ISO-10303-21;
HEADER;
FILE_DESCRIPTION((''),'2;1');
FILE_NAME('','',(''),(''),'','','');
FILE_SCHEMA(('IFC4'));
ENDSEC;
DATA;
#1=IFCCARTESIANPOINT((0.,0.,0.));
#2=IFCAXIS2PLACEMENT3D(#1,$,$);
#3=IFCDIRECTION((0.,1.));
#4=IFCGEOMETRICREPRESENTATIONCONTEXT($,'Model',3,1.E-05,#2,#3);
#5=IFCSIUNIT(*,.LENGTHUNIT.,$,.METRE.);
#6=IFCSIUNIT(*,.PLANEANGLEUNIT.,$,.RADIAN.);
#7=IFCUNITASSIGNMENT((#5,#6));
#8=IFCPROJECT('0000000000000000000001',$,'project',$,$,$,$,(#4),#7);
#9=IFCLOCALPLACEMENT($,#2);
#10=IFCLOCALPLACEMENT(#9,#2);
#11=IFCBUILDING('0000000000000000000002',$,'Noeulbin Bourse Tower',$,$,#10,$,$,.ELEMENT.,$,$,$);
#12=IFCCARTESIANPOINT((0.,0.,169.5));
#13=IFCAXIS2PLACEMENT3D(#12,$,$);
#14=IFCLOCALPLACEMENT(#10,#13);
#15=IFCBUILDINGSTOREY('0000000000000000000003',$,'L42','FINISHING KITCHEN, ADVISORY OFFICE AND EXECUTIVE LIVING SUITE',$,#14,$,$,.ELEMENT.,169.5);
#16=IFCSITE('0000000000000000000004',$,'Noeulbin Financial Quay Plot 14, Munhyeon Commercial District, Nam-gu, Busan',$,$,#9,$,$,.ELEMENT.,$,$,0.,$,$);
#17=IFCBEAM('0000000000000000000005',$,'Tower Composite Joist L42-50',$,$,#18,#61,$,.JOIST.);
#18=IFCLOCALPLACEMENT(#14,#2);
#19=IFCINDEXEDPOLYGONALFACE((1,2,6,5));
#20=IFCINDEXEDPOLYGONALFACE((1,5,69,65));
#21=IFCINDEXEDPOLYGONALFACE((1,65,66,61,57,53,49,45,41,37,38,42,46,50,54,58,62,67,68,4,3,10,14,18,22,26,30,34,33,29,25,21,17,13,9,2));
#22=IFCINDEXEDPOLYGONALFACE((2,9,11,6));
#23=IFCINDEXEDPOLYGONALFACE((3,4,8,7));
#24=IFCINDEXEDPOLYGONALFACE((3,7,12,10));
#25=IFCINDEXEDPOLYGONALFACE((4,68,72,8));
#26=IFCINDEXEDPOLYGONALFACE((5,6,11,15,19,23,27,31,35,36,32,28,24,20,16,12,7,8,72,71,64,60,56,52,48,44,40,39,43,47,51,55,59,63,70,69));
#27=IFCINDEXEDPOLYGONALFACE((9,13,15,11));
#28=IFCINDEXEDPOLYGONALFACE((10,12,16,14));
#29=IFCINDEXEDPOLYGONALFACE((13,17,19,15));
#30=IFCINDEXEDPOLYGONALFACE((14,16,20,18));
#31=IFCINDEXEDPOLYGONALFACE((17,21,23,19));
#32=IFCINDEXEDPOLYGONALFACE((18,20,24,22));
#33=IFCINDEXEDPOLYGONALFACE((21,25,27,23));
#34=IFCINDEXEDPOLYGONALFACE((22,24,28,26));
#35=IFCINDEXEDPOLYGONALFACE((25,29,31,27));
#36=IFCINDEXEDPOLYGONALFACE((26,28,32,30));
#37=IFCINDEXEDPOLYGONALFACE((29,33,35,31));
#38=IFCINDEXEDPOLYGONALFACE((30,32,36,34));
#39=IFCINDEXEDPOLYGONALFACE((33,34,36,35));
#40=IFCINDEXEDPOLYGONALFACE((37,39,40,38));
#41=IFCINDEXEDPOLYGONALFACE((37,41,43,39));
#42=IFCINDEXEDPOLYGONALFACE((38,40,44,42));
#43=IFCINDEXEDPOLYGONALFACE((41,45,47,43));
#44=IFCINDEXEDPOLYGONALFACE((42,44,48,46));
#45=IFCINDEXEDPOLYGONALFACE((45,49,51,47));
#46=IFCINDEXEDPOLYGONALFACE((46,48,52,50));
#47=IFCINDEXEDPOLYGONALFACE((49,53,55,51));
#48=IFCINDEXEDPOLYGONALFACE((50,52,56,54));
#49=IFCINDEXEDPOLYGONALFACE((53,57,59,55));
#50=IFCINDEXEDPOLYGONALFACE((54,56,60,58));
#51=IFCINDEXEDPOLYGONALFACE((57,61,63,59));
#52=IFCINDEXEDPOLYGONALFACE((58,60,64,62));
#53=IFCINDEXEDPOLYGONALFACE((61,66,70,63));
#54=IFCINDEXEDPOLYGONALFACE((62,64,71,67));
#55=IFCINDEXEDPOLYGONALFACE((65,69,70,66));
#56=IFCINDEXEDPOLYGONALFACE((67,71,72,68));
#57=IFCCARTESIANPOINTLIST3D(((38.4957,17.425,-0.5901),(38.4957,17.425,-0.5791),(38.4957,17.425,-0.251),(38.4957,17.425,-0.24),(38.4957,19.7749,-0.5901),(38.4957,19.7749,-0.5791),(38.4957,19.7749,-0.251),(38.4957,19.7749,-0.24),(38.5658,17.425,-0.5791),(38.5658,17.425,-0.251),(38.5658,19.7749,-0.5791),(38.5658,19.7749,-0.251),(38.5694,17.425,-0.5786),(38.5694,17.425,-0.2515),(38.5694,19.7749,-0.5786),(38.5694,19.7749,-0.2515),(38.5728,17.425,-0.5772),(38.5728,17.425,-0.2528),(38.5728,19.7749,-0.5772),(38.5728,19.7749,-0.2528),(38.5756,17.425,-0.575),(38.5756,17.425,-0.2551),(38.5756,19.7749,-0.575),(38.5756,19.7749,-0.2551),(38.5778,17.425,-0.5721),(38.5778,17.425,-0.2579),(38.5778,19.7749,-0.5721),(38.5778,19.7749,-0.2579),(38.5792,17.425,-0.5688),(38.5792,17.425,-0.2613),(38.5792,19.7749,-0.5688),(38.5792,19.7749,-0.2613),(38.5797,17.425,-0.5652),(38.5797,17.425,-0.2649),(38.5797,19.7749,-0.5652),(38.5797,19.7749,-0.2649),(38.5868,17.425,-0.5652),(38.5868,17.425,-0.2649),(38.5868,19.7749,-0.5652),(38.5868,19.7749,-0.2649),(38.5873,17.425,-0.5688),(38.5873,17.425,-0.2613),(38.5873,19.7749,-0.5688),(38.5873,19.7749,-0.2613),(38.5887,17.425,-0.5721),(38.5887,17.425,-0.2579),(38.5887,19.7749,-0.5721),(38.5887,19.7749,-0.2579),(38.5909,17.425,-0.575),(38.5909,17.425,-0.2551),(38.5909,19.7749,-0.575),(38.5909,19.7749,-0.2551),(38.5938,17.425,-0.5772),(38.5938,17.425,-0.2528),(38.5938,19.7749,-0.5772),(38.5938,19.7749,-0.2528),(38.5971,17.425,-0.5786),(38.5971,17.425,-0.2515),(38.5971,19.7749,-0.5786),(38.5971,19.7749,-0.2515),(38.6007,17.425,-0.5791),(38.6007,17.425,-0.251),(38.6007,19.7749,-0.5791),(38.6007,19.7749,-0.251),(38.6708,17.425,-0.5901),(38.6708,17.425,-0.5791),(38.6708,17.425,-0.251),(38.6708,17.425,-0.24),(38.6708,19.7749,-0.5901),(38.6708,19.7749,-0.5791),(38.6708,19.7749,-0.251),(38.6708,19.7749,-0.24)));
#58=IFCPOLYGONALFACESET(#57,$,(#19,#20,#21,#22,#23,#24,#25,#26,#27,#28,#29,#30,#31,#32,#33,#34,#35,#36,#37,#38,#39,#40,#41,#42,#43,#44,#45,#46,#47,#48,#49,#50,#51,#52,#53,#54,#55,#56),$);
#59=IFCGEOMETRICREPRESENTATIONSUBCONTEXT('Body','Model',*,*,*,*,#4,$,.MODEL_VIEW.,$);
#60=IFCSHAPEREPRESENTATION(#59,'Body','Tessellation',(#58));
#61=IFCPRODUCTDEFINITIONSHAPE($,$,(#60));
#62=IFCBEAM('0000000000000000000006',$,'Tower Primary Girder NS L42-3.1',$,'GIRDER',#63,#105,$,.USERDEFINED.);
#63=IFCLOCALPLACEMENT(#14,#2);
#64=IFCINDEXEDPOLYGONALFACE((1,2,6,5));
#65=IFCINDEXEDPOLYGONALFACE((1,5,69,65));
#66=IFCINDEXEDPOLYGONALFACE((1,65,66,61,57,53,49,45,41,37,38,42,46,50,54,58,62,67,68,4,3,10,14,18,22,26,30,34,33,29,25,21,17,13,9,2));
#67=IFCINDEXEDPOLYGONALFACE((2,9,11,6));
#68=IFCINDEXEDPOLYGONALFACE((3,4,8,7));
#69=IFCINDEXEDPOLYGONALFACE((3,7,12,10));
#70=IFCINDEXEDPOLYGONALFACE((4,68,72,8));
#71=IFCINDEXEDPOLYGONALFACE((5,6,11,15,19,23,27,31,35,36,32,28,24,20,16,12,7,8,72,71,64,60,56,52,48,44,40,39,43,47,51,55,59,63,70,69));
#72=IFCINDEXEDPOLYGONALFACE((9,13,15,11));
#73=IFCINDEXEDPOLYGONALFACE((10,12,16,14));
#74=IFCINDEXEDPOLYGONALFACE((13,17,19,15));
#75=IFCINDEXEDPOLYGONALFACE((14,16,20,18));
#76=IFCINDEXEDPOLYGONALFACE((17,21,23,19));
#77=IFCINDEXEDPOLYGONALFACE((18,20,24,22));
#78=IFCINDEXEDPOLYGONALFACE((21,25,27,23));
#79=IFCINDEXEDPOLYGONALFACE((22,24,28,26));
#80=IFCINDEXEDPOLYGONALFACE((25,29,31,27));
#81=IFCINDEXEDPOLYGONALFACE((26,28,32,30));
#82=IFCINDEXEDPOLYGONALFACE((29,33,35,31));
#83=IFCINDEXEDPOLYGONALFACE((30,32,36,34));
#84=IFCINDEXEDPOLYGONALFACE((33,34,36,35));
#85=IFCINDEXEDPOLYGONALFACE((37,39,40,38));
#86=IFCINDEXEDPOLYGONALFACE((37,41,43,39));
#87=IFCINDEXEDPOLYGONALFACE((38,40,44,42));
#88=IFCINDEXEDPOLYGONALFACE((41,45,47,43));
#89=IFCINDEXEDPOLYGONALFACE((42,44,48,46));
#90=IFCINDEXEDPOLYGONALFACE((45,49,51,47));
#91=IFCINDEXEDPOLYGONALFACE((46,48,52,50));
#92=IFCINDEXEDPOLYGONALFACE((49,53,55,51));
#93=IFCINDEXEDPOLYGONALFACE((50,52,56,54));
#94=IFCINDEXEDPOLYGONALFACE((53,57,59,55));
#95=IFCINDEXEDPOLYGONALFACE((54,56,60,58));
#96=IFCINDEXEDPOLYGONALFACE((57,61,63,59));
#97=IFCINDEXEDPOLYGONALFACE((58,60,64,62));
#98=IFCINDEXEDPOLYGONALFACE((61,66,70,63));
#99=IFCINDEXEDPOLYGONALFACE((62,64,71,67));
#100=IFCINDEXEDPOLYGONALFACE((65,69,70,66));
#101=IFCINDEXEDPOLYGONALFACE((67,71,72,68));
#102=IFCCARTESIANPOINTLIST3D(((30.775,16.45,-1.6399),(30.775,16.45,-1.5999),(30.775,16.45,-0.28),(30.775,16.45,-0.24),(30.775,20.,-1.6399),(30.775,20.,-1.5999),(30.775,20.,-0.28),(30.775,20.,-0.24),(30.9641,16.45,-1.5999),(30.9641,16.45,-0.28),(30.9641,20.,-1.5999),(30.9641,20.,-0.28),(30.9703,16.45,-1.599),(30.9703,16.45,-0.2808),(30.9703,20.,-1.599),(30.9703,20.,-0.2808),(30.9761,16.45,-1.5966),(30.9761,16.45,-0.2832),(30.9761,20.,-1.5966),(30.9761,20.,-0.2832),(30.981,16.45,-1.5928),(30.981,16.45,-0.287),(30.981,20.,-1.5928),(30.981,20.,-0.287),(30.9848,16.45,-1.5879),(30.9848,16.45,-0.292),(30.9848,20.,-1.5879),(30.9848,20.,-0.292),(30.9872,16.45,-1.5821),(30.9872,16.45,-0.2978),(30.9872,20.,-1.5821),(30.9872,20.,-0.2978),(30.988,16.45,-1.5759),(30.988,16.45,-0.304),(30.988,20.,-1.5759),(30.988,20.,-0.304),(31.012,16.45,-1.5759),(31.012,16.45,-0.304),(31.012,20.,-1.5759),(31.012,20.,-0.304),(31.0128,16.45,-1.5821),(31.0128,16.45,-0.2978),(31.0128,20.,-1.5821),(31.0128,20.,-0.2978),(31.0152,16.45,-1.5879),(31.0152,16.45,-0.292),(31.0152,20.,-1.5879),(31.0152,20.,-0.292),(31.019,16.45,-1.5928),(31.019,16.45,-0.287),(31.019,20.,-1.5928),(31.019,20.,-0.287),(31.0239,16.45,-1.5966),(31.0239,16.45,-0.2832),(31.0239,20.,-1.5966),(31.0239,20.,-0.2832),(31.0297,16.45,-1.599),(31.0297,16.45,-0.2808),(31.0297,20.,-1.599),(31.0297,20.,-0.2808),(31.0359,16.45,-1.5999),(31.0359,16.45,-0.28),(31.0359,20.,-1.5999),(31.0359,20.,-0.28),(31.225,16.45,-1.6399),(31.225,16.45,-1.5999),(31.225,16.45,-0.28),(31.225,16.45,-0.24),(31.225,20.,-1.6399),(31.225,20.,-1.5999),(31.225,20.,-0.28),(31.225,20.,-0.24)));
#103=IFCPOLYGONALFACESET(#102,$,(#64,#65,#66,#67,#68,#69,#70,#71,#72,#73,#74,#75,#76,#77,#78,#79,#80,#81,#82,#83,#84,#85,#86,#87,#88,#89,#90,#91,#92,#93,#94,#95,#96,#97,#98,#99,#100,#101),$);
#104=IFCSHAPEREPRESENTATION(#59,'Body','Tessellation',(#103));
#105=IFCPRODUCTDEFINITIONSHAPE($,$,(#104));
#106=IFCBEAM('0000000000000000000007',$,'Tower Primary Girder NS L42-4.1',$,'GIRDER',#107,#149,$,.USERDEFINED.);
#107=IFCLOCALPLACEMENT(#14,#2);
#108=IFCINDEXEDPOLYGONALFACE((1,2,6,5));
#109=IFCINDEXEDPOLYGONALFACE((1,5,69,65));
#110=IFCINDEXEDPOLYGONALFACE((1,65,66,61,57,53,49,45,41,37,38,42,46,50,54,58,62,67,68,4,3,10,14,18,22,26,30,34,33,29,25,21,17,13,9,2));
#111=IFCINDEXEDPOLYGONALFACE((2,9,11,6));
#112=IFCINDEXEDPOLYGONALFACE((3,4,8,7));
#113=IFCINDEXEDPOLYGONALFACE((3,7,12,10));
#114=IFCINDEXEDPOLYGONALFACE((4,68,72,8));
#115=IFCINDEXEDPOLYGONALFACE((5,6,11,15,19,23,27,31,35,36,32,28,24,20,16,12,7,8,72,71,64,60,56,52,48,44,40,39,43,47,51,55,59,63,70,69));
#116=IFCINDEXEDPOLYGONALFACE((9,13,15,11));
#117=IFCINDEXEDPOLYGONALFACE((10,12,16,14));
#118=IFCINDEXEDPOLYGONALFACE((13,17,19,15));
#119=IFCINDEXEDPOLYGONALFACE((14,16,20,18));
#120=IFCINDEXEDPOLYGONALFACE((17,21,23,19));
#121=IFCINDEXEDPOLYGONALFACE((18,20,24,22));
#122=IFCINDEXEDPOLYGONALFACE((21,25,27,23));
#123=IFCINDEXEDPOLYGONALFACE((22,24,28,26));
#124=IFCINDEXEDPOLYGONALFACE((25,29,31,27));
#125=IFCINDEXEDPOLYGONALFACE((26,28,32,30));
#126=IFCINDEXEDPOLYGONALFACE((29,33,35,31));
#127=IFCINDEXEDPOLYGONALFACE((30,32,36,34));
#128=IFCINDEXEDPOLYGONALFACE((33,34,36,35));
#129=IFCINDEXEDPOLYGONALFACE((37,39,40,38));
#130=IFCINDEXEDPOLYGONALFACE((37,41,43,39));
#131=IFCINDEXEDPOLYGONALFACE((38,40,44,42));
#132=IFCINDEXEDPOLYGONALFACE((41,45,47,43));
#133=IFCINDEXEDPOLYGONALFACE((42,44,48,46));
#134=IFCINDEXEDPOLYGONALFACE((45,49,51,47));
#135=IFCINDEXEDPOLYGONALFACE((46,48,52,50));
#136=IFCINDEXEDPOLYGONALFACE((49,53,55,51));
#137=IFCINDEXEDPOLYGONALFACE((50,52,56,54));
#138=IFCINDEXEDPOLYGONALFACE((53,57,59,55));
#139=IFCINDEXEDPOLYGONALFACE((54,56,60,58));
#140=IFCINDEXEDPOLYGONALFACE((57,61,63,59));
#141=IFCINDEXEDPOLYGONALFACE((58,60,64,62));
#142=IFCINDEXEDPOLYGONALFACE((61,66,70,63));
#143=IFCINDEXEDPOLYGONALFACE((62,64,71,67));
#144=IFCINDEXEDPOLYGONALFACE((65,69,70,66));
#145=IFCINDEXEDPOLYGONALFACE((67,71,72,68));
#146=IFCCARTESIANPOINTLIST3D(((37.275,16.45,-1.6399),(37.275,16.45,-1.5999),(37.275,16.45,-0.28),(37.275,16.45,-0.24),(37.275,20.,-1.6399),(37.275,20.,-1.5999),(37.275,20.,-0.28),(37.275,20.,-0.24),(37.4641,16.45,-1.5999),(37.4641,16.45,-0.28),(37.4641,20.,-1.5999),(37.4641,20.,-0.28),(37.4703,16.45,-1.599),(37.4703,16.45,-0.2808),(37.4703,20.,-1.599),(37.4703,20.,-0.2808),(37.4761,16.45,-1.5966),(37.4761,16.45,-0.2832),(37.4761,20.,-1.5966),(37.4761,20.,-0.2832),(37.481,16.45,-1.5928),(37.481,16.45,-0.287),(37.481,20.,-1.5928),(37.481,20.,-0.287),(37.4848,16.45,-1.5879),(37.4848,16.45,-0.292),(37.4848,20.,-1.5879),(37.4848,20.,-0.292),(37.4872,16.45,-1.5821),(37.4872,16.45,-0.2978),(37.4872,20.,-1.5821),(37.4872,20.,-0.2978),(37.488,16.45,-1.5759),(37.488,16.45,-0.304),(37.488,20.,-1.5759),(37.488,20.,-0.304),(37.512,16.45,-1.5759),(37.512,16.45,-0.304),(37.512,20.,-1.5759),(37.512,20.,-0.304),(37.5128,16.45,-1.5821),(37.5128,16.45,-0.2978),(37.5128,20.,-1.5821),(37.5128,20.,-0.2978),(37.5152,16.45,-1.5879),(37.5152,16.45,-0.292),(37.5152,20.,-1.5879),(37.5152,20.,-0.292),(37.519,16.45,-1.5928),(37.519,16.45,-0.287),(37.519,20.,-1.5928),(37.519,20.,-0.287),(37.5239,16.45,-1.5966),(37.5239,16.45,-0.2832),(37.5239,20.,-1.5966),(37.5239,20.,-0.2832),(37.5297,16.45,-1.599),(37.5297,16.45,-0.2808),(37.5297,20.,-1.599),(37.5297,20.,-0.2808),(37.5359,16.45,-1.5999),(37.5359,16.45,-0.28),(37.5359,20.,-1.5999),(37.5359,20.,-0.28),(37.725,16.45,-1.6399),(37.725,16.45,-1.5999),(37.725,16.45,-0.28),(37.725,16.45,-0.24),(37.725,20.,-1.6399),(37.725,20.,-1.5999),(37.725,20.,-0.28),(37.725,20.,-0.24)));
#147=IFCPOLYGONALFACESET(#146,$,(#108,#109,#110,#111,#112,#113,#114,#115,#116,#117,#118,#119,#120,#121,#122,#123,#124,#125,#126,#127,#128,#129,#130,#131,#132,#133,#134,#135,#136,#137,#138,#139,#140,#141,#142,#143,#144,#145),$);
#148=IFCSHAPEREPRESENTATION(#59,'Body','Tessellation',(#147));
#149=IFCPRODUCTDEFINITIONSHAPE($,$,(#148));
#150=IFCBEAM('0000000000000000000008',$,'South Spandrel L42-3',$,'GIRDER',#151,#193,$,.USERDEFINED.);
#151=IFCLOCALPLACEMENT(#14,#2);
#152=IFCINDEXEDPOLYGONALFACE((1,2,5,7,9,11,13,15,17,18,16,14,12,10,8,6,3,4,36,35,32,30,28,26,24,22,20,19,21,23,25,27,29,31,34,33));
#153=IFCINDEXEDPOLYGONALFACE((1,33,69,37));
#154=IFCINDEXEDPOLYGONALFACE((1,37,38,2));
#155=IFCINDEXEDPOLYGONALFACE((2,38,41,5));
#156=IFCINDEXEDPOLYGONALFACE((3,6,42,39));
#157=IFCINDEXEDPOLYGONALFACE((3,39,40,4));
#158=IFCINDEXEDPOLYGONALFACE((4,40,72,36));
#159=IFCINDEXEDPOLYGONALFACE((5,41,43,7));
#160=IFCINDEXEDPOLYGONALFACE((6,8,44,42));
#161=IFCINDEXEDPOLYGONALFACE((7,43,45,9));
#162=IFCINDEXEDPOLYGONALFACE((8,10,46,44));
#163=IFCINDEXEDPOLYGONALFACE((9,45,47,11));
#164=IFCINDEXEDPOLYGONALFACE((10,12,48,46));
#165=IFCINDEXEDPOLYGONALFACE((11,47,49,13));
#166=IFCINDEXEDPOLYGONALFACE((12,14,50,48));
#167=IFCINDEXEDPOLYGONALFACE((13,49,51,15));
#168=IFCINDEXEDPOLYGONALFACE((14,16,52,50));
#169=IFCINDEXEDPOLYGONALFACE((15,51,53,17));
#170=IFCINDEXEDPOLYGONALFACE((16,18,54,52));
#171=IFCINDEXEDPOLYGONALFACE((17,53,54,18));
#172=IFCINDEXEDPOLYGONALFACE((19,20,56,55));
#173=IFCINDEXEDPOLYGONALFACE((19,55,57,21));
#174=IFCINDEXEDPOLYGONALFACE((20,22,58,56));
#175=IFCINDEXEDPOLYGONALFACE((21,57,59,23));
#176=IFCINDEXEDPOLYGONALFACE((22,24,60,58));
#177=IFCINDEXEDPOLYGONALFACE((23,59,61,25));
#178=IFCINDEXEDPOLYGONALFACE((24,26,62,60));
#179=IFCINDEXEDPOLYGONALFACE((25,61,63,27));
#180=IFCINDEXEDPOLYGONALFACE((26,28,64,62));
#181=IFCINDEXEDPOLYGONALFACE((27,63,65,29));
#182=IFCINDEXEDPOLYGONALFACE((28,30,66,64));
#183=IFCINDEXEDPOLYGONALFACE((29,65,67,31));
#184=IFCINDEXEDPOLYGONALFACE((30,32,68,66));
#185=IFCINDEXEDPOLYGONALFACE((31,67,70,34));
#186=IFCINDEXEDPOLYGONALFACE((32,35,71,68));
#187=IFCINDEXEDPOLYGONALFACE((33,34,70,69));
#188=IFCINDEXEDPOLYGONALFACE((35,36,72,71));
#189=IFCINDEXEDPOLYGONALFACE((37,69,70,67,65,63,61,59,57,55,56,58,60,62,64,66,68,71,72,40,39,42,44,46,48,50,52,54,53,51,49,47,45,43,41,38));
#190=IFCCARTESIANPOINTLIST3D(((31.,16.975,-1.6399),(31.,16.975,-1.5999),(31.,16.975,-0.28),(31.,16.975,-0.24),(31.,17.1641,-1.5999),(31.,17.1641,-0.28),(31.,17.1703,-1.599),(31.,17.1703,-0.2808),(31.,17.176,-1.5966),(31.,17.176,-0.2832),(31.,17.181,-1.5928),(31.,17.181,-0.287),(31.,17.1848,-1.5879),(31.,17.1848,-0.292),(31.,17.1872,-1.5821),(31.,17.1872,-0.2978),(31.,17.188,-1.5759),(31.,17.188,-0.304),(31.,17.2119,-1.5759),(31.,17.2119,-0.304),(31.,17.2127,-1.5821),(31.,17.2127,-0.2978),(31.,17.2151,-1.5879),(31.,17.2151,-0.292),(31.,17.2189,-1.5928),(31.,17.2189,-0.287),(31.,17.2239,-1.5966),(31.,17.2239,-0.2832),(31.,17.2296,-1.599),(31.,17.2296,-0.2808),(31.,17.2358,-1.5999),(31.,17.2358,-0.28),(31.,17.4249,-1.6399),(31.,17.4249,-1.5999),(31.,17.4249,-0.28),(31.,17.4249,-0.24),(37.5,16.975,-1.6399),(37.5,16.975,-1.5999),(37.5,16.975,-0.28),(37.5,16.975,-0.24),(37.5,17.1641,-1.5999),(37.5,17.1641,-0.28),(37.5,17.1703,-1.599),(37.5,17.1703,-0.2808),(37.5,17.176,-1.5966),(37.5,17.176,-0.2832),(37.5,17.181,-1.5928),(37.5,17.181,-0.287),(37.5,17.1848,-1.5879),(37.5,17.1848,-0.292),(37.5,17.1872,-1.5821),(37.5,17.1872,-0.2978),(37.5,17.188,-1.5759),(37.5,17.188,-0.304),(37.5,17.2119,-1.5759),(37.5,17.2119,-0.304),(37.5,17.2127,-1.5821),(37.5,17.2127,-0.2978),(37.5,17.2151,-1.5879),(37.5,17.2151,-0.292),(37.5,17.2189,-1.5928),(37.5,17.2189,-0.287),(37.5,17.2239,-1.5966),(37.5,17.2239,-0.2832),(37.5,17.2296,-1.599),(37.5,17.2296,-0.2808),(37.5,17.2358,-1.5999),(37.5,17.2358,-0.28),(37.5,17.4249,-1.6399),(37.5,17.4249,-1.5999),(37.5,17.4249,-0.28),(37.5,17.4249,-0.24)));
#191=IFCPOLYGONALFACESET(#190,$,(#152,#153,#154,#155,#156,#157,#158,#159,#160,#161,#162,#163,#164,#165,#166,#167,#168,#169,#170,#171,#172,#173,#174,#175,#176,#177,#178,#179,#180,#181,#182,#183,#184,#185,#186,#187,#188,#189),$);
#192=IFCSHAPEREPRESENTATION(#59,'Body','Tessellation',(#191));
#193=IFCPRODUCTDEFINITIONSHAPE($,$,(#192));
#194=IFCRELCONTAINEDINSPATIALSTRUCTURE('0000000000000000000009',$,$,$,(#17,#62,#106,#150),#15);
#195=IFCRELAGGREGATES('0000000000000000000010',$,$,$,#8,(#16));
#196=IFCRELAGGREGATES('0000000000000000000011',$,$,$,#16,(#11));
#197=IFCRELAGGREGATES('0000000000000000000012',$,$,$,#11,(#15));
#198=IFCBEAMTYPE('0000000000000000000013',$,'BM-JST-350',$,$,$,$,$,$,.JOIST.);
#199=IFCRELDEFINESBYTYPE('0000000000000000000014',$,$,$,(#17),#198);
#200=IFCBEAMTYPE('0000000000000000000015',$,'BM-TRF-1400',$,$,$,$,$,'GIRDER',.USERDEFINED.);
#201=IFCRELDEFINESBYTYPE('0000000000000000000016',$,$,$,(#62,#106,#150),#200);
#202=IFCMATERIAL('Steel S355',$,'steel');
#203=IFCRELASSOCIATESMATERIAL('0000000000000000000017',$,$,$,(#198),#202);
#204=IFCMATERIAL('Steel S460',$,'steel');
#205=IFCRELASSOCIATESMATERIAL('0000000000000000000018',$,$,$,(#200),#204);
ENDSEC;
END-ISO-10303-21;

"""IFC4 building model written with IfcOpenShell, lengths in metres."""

from ifc_helpers import new_model, si_unit, direction, frame, origin, origin_2d, place, context, subcontext, project, spatial, i_section, extrude, material, material_profile, profile_set, type_object, element, save


model = new_model("IFC4")

# Units and contexts
model_context = context("Model", 3, precision=1e-05, world=origin(), true_north=direction((0.0, 1.0)))
body_context = subcontext(model_context, "Body", "Model", "MODEL_VIEW")
ifc_project = project(units=[si_unit("LENGTHUNIT", "METRE"), si_unit("PLANEANGLEUNIT", "RADIAN")], contexts=[model_context])

# Site, building, storey
site_placement = place(None, origin())
site = spatial("IfcSite", under=ifc_project, at=site_placement, Name="Noeulbin Financial Quay Plot 14, Munhyeon Commercial District, Nam-gu, Busan", CompositionType="ELEMENT", RefElevation=0.0)
building_placement = place(site_placement, origin())
building = spatial("IfcBuilding", under=site, at=building_placement, Name="Noeulbin Bourse Tower", CompositionType="ELEMENT")
storey_placement = place(building_placement, frame((0.0, 0.0, 169.5)))
storey = spatial("IfcBuildingStorey", under=building, at=storey_placement, Name="L42", Description="FINISHING KITCHEN, ADVISORY OFFICE AND EXECUTIVE LIVING SUITE", CompositionType="ELEMENT", Elevation=169.5)

# Shared definitions
ifc_material_1 = material(Name="Steel S355", Category="steel")

# Beams
ifc_material_profile_1 = material_profile(ifc_material_1, i_section(OverallWidth=0.175, OverallDepth=0.3501, WebThickness=0.0071, FlangeThickness=0.011, FilletRadius=0.0139, at=origin_2d()), Name="H-350x175x7x11", Category="LoadBearing")
ifc_profile_set_1 = profile_set([ifc_material_profile_1], Name="Steel S355")
beam_type_1 = type_object("IfcBeamType", Name="BM-JST-350", PredefinedType="JOIST", material=ifc_profile_set_1)
for number, where, z_axis, x_axis, name in (
    (1, (38.5833, 17.425, -0.415), (0.0, 1.0, 0.0), (-1.0, 0.0, 0.0), "Tower Composite Joist L42-50"),
):
    element("IfcBeam", number, at=place(storey_placement, frame(where, z_axis=z_axis, x_axis=x_axis)), inside=storey, type_object=beam_type_1, Name=name, PredefinedType="JOIST", context=body_context, shape_type="SweptSolid", body=[
        extrude(i_section(OverallWidth=0.175, OverallDepth=0.3501, WebThickness=0.0071, FlangeThickness=0.011, FilletRadius=0.0139, at=origin_2d()), origin(), (0.0, 0.0, 1.0), 2.3499),
    ])
ifc_material_2 = material(Name="Steel S460", Category="steel")
ifc_material_profile_2 = material_profile(ifc_material_2, i_section(OverallWidth=0.45, OverallDepth=1.3999, WebThickness=0.0239, FlangeThickness=0.04, FilletRadius=0.0239, at=origin_2d()), Name="PG-1400x450x24x40", Category="LoadBearing")
ifc_profile_set_2 = profile_set([ifc_material_profile_2], Name="Steel S460")
beam_type_2 = type_object("IfcBeamType", Name="BM-TRF-1400", ElementType="GIRDER", PredefinedType="USERDEFINED", material=ifc_profile_set_2)
for number, where, z_axis, x_axis, name in (
    (2, (31.0, 16.45, -0.9399), (0.0, 1.0, 0.0), (-1.0, 0.0, 0.0), "Tower Primary Girder NS L42-3.1"),
    (3, (37.5, 16.45, -0.9399), (0.0, 1.0, 0.0), (-1.0, 0.0, 0.0), "Tower Primary Girder NS L42-4.1"),
):
    element("IfcBeam", number, at=place(storey_placement, frame(where, z_axis=z_axis, x_axis=x_axis)), inside=storey, type_object=beam_type_2, Name=name, ObjectType="GIRDER", PredefinedType="USERDEFINED", context=body_context, shape_type="SweptSolid", body=[
        extrude(i_section(OverallWidth=0.45, OverallDepth=1.3999, WebThickness=0.0239, FlangeThickness=0.04, FilletRadius=0.0239, at=origin_2d()), origin(), (0.0, 0.0, 1.0), 3.55),
    ])
for number, where, z_axis, x_axis, name in (
    (4, (31.0, 17.2, -0.9399), (1.0, 0.0, 0.0), (0.0, 1.0, 0.0), "South Spandrel L42-3"),
):
    element("IfcBeam", number, at=place(storey_placement, frame(where, z_axis=z_axis, x_axis=x_axis)), inside=storey, type_object=beam_type_2, Name=name, ObjectType="GIRDER", PredefinedType="USERDEFINED", context=body_context, shape_type="SweptSolid", body=[
        extrude(i_section(OverallWidth=0.45, OverallDepth=1.3999, WebThickness=0.0239, FlangeThickness=0.04, FilletRadius=0.0239, at=origin_2d()), origin(), (0.0, 0.0, 1.0), 6.5),
    ])

save(model, "model.ifc")
